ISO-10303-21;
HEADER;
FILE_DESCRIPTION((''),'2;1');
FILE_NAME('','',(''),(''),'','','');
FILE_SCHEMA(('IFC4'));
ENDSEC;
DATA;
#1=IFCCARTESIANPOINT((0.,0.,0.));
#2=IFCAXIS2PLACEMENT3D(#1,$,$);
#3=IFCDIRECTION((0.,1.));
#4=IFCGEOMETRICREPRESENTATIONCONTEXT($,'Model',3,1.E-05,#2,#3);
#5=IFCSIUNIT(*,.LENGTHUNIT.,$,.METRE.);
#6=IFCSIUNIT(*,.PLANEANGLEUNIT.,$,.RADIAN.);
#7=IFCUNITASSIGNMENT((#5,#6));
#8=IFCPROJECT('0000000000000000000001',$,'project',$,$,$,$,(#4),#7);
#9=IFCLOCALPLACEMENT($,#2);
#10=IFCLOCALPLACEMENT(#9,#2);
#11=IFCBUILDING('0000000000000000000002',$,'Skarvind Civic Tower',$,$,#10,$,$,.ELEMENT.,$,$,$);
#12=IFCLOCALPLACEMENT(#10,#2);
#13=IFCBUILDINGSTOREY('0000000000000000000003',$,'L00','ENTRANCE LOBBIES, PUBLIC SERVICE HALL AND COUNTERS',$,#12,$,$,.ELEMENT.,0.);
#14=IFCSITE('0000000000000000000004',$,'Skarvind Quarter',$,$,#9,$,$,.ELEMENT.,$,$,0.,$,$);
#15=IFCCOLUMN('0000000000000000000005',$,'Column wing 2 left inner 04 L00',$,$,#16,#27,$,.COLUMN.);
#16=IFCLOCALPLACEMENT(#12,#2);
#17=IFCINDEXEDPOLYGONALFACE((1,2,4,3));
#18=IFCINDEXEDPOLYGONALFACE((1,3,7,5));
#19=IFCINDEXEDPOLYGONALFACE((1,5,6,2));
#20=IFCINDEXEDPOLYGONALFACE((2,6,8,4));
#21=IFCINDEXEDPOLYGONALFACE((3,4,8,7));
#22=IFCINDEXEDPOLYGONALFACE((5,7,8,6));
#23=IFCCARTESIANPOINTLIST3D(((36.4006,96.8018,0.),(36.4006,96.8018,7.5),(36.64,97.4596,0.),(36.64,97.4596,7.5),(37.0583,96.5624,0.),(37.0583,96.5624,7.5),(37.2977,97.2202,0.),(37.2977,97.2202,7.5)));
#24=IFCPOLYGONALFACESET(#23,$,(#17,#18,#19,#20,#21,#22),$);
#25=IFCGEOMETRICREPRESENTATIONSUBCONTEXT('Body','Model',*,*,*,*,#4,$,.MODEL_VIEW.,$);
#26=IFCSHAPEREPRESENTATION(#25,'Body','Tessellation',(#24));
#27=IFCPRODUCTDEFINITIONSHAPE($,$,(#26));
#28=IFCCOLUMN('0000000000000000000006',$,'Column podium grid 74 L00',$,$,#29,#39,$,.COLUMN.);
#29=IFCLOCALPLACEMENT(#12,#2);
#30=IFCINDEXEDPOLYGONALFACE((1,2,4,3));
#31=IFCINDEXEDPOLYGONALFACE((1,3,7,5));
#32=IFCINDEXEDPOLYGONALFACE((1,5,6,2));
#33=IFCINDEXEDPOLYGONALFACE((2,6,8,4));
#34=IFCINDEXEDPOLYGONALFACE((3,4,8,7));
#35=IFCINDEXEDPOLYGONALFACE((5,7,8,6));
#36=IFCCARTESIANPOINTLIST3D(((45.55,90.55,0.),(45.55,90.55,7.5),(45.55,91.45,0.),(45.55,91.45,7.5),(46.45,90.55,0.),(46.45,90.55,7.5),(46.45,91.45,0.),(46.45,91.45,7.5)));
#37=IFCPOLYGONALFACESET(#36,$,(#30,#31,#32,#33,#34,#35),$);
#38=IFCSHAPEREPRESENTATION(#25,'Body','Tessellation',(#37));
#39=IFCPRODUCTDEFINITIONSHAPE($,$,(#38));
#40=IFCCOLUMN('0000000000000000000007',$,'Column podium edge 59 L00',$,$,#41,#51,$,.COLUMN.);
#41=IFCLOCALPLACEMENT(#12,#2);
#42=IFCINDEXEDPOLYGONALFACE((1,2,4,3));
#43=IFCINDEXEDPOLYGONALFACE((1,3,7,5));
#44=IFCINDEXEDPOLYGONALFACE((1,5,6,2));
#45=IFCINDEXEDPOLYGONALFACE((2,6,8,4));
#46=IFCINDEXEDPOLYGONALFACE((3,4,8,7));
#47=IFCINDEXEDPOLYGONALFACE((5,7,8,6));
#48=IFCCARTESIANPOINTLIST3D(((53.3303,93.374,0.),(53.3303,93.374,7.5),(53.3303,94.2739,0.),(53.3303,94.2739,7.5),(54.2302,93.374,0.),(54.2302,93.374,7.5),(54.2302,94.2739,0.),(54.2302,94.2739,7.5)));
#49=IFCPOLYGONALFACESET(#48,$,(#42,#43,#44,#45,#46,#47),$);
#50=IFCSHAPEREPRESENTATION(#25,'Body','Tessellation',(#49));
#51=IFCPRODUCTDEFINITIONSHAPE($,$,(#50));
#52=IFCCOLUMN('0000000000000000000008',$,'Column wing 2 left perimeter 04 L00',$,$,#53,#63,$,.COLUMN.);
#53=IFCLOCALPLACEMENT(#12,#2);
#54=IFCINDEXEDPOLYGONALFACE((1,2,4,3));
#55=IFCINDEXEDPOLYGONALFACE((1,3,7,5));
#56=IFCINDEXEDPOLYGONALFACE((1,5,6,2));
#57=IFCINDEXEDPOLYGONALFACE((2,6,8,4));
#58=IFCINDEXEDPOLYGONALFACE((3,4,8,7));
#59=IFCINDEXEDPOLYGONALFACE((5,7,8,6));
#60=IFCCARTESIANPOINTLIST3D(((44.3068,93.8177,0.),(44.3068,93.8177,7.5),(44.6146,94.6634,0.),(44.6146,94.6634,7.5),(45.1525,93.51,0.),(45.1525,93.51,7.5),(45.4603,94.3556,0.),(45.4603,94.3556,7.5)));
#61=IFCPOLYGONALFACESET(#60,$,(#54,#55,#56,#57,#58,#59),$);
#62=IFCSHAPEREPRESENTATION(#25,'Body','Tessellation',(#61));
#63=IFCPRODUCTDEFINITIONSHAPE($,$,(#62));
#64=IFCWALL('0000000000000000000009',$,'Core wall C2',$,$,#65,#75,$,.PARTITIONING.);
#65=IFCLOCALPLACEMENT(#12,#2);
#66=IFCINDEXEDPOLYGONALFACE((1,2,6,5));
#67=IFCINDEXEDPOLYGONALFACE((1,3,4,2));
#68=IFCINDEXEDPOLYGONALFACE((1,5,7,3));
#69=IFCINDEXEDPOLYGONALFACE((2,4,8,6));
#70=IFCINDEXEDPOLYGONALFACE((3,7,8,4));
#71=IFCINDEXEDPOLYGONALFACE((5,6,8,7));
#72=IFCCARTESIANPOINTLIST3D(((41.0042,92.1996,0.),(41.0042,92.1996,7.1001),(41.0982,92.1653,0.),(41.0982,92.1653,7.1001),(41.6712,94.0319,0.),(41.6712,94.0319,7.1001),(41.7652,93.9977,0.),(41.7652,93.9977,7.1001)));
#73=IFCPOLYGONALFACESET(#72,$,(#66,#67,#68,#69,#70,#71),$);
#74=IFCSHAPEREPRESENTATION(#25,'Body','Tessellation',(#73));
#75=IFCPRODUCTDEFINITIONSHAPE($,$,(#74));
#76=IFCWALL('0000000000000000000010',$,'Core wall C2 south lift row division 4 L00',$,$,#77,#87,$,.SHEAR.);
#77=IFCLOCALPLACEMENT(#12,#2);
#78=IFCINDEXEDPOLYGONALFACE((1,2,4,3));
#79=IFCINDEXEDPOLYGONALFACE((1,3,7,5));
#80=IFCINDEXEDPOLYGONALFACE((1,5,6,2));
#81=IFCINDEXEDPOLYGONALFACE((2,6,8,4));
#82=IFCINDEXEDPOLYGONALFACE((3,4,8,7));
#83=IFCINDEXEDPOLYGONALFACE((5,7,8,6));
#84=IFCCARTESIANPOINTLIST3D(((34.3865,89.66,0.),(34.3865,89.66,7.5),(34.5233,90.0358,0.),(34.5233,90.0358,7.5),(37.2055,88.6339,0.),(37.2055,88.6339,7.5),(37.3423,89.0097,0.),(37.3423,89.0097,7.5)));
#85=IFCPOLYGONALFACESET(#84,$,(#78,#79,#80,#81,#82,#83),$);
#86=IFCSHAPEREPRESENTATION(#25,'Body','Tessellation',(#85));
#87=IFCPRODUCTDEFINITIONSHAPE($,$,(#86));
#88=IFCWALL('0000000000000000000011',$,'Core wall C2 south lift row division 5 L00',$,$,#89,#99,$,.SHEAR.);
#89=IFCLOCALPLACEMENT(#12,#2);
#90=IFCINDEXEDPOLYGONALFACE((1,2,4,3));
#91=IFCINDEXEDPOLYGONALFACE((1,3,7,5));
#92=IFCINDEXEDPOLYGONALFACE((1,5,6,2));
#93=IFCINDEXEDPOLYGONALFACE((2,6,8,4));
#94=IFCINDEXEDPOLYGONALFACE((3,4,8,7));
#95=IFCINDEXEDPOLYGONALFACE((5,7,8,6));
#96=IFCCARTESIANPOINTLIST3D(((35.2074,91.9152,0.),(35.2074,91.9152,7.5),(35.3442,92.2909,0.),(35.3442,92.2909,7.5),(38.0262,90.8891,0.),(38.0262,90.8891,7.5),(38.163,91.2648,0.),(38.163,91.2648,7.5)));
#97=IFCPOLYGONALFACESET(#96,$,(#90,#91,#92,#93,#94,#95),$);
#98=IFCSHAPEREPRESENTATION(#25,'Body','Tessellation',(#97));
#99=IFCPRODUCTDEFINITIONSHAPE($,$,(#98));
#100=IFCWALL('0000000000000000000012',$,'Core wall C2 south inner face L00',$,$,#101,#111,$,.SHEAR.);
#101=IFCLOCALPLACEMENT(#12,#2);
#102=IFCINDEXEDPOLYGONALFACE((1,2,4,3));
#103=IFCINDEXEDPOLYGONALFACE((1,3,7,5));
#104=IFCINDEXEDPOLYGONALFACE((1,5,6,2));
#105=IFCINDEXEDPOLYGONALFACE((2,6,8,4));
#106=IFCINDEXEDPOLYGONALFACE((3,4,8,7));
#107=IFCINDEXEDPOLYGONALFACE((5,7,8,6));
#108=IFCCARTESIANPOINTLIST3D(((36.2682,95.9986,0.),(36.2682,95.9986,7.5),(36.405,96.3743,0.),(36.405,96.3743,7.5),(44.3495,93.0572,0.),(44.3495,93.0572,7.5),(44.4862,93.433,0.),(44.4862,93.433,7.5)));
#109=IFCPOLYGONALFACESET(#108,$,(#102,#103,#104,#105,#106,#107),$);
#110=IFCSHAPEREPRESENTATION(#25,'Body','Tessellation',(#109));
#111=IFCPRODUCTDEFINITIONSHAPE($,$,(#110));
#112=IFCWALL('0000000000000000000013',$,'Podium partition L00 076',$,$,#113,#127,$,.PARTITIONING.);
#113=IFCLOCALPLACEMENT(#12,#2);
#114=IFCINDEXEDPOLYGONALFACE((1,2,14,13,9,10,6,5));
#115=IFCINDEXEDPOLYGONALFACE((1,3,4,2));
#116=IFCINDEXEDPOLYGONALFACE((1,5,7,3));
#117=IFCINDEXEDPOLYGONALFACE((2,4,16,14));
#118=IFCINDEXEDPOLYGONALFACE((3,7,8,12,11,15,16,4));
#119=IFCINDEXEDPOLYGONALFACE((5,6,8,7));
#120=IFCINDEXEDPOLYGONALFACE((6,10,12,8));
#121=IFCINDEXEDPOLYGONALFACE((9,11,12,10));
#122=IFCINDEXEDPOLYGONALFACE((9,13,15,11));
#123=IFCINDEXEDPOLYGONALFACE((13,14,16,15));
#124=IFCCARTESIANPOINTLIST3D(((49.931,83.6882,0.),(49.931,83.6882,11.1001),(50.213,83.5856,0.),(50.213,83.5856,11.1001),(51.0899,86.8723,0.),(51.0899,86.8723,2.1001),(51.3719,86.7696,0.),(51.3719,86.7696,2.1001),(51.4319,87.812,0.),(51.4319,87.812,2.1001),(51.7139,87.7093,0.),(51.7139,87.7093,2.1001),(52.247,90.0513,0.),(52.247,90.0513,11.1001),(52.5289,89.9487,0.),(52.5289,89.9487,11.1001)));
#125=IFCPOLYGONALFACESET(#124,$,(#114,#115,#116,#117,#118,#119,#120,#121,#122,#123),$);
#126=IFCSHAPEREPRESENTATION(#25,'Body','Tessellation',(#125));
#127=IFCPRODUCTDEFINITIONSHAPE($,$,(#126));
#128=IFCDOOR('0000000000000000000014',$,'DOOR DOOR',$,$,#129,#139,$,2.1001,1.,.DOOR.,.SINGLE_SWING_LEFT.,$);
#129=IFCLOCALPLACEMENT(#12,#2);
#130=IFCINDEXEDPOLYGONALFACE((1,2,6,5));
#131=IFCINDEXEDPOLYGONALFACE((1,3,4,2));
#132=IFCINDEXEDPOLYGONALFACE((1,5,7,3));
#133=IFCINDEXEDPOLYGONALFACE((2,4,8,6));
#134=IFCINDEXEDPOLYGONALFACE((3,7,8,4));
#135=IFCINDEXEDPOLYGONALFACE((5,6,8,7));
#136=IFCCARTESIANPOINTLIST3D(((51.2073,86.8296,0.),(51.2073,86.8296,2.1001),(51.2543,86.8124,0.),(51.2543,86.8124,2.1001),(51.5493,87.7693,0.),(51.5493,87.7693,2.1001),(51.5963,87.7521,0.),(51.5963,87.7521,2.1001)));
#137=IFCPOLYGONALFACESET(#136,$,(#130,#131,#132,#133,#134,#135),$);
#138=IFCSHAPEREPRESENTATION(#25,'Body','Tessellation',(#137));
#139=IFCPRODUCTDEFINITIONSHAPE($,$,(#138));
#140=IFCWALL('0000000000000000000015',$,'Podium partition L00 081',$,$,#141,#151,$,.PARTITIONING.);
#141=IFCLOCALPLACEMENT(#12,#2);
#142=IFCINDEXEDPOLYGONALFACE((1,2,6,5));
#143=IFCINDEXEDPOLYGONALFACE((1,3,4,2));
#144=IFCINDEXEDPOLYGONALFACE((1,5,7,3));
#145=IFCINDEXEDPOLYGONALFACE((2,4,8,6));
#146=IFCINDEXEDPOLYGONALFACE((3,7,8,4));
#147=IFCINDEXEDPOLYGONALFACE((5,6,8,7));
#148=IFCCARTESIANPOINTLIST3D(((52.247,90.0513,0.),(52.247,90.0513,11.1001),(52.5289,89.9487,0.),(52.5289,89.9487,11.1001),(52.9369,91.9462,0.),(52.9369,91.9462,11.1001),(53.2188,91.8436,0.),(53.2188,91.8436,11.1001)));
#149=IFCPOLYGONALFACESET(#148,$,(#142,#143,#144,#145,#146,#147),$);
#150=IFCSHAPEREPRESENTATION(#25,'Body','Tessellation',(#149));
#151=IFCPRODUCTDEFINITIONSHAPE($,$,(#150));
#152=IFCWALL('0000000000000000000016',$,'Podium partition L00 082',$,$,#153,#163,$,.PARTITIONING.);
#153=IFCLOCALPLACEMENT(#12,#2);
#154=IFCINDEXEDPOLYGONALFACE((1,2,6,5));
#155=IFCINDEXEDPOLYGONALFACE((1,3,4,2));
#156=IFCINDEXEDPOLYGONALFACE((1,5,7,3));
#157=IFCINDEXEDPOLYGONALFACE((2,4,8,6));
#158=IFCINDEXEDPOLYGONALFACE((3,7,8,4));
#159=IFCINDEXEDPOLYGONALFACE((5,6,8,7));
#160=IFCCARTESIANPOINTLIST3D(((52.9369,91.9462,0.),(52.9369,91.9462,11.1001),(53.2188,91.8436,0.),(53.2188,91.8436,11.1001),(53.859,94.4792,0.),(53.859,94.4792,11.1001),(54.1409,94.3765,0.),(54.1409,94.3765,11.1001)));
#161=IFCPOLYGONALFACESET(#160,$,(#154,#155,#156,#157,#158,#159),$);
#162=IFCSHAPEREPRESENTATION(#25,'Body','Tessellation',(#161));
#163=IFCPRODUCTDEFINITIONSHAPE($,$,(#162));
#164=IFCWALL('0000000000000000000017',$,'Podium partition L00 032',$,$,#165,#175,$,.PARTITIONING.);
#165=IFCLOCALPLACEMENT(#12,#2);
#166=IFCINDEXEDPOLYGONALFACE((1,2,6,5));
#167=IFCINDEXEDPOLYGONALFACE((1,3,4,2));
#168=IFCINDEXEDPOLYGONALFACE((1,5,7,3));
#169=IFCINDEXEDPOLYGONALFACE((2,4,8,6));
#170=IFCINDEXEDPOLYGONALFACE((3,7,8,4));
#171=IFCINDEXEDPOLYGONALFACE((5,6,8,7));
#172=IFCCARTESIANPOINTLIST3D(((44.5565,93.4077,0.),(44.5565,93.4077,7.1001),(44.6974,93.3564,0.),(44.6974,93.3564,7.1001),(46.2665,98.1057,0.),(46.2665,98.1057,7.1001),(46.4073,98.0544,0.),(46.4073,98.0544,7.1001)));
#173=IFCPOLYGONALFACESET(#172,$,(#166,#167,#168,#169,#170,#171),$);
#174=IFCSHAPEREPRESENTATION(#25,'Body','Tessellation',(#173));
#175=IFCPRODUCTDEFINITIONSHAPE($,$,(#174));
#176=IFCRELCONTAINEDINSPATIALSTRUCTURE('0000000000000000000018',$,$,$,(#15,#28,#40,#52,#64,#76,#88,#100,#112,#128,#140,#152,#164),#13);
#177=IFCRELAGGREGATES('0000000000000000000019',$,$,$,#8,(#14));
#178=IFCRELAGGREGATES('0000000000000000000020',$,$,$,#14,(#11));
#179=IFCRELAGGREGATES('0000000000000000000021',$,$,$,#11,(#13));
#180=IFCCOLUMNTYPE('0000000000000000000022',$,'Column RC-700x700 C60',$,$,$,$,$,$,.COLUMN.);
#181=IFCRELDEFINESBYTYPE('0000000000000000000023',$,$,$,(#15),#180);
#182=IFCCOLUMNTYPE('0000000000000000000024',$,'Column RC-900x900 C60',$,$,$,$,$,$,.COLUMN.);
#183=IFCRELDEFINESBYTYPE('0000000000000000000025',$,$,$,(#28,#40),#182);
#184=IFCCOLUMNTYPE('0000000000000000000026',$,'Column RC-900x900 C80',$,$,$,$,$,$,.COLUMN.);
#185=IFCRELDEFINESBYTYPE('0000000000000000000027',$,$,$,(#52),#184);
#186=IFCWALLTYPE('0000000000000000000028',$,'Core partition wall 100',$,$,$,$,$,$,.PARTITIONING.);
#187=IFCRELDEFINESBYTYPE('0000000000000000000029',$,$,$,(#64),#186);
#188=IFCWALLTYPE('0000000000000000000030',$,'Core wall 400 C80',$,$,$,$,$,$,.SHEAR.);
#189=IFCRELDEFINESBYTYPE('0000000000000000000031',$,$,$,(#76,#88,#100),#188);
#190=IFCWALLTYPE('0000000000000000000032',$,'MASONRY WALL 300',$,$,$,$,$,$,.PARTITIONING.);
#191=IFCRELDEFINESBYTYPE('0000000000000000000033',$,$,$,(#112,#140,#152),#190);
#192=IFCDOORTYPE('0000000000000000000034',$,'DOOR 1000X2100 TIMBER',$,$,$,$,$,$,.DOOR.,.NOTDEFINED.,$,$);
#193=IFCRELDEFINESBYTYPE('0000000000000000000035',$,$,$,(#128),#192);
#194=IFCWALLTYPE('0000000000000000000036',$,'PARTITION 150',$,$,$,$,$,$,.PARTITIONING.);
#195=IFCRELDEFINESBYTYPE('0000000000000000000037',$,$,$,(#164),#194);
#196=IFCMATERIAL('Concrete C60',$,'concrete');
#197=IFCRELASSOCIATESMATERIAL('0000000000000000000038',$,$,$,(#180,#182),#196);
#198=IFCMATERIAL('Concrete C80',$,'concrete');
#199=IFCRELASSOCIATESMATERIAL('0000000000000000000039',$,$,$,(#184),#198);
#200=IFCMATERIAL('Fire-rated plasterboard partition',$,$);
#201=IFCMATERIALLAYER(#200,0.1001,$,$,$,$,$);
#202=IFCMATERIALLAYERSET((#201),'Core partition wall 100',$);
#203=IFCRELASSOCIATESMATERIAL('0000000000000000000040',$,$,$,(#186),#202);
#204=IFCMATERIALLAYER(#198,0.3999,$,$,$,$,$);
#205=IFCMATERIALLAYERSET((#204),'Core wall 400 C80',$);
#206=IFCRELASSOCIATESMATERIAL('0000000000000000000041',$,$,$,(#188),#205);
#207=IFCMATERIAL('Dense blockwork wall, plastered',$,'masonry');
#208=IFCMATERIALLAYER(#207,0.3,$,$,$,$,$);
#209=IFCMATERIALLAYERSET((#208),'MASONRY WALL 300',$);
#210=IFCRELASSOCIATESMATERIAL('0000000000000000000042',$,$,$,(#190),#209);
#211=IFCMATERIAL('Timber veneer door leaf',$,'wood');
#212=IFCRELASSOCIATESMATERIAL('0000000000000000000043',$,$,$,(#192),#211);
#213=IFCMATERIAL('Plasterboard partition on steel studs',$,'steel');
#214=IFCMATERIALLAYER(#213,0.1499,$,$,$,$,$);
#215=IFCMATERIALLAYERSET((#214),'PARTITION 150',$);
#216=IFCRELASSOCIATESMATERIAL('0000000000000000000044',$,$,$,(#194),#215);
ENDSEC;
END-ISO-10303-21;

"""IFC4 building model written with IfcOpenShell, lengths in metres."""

from ifc_helpers import new_model, si_unit, direction, frame, frame_2d, origin, origin_2d, place, context, subcontext, project, spatial, rectangle, extrude, material, layer, layer_set, material_profile, profile_set, type_object, element, fill, save


model = new_model("IFC4")

# Units and contexts
model_context = context("Model", 3, precision=1e-05, world=origin(), true_north=direction((0.0, 1.0)))
body_context = subcontext(model_context, "Body", "Model", "MODEL_VIEW")
ifc_project = project(units=[si_unit("LENGTHUNIT", "METRE"), si_unit("PLANEANGLEUNIT", "RADIAN")], contexts=[model_context])

# Site, building, storey
site_placement = place(None, origin())
site = spatial("IfcSite", under=ifc_project, at=site_placement, Name="Skarvind Quarter", CompositionType="ELEMENT", RefElevation=0.0)
building_placement = place(site_placement, origin())
building = spatial("IfcBuilding", under=site, at=building_placement, Name="Skarvind Civic Tower", CompositionType="ELEMENT")
storey_placement = place(building_placement, origin())
storey = spatial("IfcBuildingStorey", under=building, at=storey_placement, Name="L00", Description="ENTRANCE LOBBIES, PUBLIC SERVICE HALL AND COUNTERS", CompositionType="ELEMENT", Elevation=0.0)

# Columns
ifc_material_1 = material(Name="Concrete C60", Category="concrete")
ifc_material_profile_1 = material_profile(ifc_material_1, rectangle(XDim=0.7, YDim=0.7, at=origin_2d()), Name="RC-700x700")
ifc_profile_set_1 = profile_set([ifc_material_profile_1], Name="Concrete C60")
column_type_1 = type_object("IfcColumnType", Name="Column RC-700x700 C60", PredefinedType="COLUMN", material=ifc_profile_set_1)
column_1_placement = place(storey_placement, frame((36.8491, 97.011, 0.0), z_axis=(0.0, 0.0, 1.0), x_axis=(-0.34202, -0.939693, 0.0)))
element("IfcColumn", 1, at=column_1_placement, inside=storey, type_object=column_type_1, Name="Column wing 2 left inner 04 L00", PredefinedType="COLUMN", context=body_context, shape_type="SweptSolid", body=[
    extrude(rectangle(XDim=0.7, YDim=0.7, at=origin_2d()), origin(), (0.0, 0.0, 1.0), 7.5),
])
ifc_material_profile_2 = material_profile(ifc_material_1, rectangle(XDim=0.8999, YDim=0.8999, at=origin_2d()), Name="RC-900x900")
ifc_profile_set_2 = profile_set([ifc_material_profile_2], Name="Concrete C60")
column_type_2 = type_object("IfcColumnType", Name="Column RC-900x900 C60", PredefinedType="COLUMN", material=ifc_profile_set_2)
for number, where, z_axis, x_axis, name in (
    (2, (46.0, 91.0, 0.0), (0.0, 0.0, 1.0), (1.0, 0.0, 0.0), "Column podium grid 74 L00"),
    (3, (53.7803, 93.824, 0.0), (0.0, 0.0, 1.0), (1.0, 0.0, 0.0), "Column podium edge 59 L00"),
):
    element("IfcColumn", number, at=place(storey_placement, frame(where, z_axis=z_axis, x_axis=x_axis)), inside=storey, type_object=column_type_2, Name=name, PredefinedType="COLUMN", context=body_context, shape_type="SweptSolid", body=[
        extrude(rectangle(XDim=0.8999, YDim=0.8999, at=origin_2d()), origin(), (0.0, 0.0, 1.0), 7.5),
    ])
ifc_material_2 = material(Name="Concrete C80", Category="concrete")
ifc_material_profile_3 = material_profile(ifc_material_2, rectangle(XDim=0.8999, YDim=0.8999, at=origin_2d()), Name="RC-900x900")
ifc_profile_set_3 = profile_set([ifc_material_profile_3], Name="Concrete C80")
column_type_3 = type_object("IfcColumnType", Name="Column RC-900x900 C80", PredefinedType="COLUMN", material=ifc_profile_set_3)
column_2_placement = place(storey_placement, frame((44.8835, 94.0867, 0.0), z_axis=(0.0, 0.0, 1.0), x_axis=(-0.34202, -0.939693, 0.0)))
element("IfcColumn", 4, at=column_2_placement, inside=storey, type_object=column_type_3, Name="Column wing 2 left perimeter 04 L00", PredefinedType="COLUMN", context=body_context, shape_type="SweptSolid", body=[
    extrude(rectangle(XDim=0.8999, YDim=0.8999, at=origin_2d()), origin(), (0.0, 0.0, 1.0), 7.5),
])

# Walls
ifc_material_3 = material(Name="Fire-rated plasterboard partition")
ifc_layer_1 = layer(ifc_material_3, 0.1001)
ifc_layer_set_1 = layer_set([ifc_layer_1], Name="Core partition wall 100")
wall_type_1 = type_object("IfcWallType", Name="Core partition wall 100", PredefinedType="PARTITIONING", material=ifc_layer_set_1)
wall_1_placement = place(storey_placement, frame((41.7183, 94.0149, 0.0), z_axis=(0.0, 0.0, 1.0), x_axis=(-0.342065, -0.939676, 0.0)))
element("IfcWall", 5, at=wall_1_placement, inside=storey, type_object=wall_type_1, Name="Core wall C2", PredefinedType="PARTITIONING", context=body_context, shape_type="SweptSolid", body=[
    extrude(rectangle(XDim=1.95, YDim=0.1001, at=frame_2d((0.9751, 0.0))), origin(), (0.0, 0.0, 1.0), 7.1001),
])
ifc_layer_2 = layer(ifc_material_2, 0.3999)
ifc_layer_set_2 = layer_set([ifc_layer_2], Name="Core wall 400 C80")
wall_type_2 = type_object("IfcWallType", Name="Core wall 400 C80", PredefinedType="SHEAR", material=ifc_layer_set_2)
wall_2_placement = place(storey_placement, frame((37.2739, 88.8218, 0.0), z_axis=(0.0, 0.0, 1.0), x_axis=(-0.939686, 0.342037, 0.0)))
element("IfcWall", 6, at=wall_2_placement, inside=storey, type_object=wall_type_2, Name="Core wall C2 south lift row division 4 L00", PredefinedType="SHEAR", context=body_context, shape_type="SweptSolid", body=[
    extrude(rectangle(XDim=3.0, YDim=0.3999, at=frame_2d((1.5, 0.0))), origin(), (0.0, 0.0, 1.0), 7.5),
])
wall_3_placement = place(storey_placement, frame((38.0947, 91.0769, 0.0), z_axis=(0.0, 0.0, 1.0), x_axis=(-0.939677, 0.342063, 0.0)))
element("IfcWall", 7, at=wall_3_placement, inside=storey, type_object=wall_type_2, Name="Core wall C2 south lift row division 5 L00", PredefinedType="SHEAR", context=body_context, shape_type="SweptSolid", body=[
    extrude(rectangle(XDim=2.9998, YDim=0.3999, at=frame_2d((1.5, 0.0))), origin(), (0.0, 0.0, 1.0), 7.5),
])
wall_4_placement = place(storey_placement, frame((44.4177, 93.2451, 0.0), z_axis=(0.0, 0.0, 1.0), x_axis=(-0.939691, 0.342026, 0.0)))
element("IfcWall", 8, at=wall_4_placement, inside=storey, type_object=wall_type_2, Name="Core wall C2 south inner face L00", PredefinedType="SHEAR", context=body_context, shape_type="SweptSolid", body=[
    extrude(rectangle(XDim=8.5999, YDim=0.3999, at=frame_2d((4.2998, 0.0))), origin(), (0.0, 0.0, 1.0), 7.5),
])

# Wall, opening, door
ifc_material_4 = material(Name="Dense blockwork wall, plastered", Category="masonry")
ifc_layer_3 = layer(ifc_material_4, 0.3)
ifc_layer_set_3 = layer_set([ifc_layer_3], Name="MASONRY WALL 300")
wall_type_3 = type_object("IfcWallType", Name="MASONRY WALL 300", PredefinedType="PARTITIONING", material=ifc_layer_set_3)
wall_5_placement = place(storey_placement, frame((52.3879, 90.0, 0.0), z_axis=(0.0, 0.0, 1.0), x_axis=(-0.342015, -0.939694, 0.0)))
wall_5 = element("IfcWall", 9, at=wall_5_placement, inside=storey, type_object=wall_type_3, Name="Podium partition L00 076", PredefinedType="PARTITIONING", context=body_context, shape_type="SweptSolid", body=[
    extrude(rectangle(XDim=6.7715, YDim=0.3, at=frame_2d((3.3857, 0.0))), origin(), (0.0, 0.0, 1.0), 11.1001),
])
opening_1_placement = place(wall_5_placement, frame((2.3831, 0.0, 0.0)))
opening_1 = element("IfcOpeningElement", 10, at=opening_1_placement, cuts=wall_5, PredefinedType="OPENING", context=body_context, shape_type="SweptSolid", body=[
    extrude(rectangle(XDim=1.0, YDim=2.1001, at=frame_2d((0.5, 1.05))), frame((0.0, 0.1599, 0.0), z_axis=(0.0, -1.0, 0.0), x_axis=(1.0, 0.0, 0.0)), (0.0, 0.0, 1.0), 0.3201),
])
ifc_material_5 = material(Name="Timber veneer door leaf", Category="wood")
door_type_1 = type_object("IfcDoorType", Name="DOOR 1000X2100 TIMBER", OperationType="NOTDEFINED", PredefinedType="DOOR", material=ifc_material_5)
door_1_placement = place(opening_1_placement, origin())
door_1 = element("IfcDoor", 11, at=door_1_placement, inside=storey, type_object=door_type_1, Name="DOOR DOOR", OperationType="SINGLE_SWING_LEFT", OverallHeight=2.1001, OverallWidth=1.0, PredefinedType="DOOR", context=body_context, shape_type="SweptSolid", body=[
    extrude(rectangle(XDim=1.0, YDim=2.1001, at=frame_2d((0.5, 1.05))), frame((0.0, 0.0249, 0.0), z_axis=(0.0, -1.0, 0.0), x_axis=(1.0, 0.0, 0.0)), (0.0, 0.0, 1.0), 0.05),
])
fill(opening_1, door_1)

# Walls
wall_6_placement = place(storey_placement, frame((52.3879, 90.0, 0.0), z_axis=(0.0, 0.0, 1.0), x_axis=(0.342112, 0.939659, 0.0)))
element("IfcWall", 12, at=wall_6_placement, inside=storey, type_object=wall_type_3, Name="Podium partition L00 081", PredefinedType="PARTITIONING", context=body_context, shape_type="SweptSolid", body=[
    extrude(rectangle(XDim=2.0166, YDim=0.3, at=frame_2d((1.0083, 0.0))), origin(), (0.0, 0.0, 1.0), 11.1001),
])
wall_7_placement = place(storey_placement, frame((53.0779, 91.895, 0.0), z_axis=(0.0, 0.0, 1.0), x_axis=(0.342085, 0.939669, 0.0)))
element("IfcWall", 13, at=wall_7_placement, inside=storey, type_object=wall_type_3, Name="Podium partition L00 082", PredefinedType="PARTITIONING", context=body_context, shape_type="SweptSolid", body=[
    extrude(rectangle(XDim=2.6956, YDim=0.3, at=frame_2d((1.3477, 0.0))), origin(), (0.0, 0.0, 1.0), 11.1001),
])
ifc_material_6 = material(Name="Plasterboard partition on steel studs", Category="steel")
ifc_layer_4 = layer(ifc_material_6, 0.1499)
ifc_layer_set_4 = layer_set([ifc_layer_4], Name="PARTITION 150")
wall_type_4 = type_object("IfcWallType", Name="PARTITION 150", PredefinedType="PARTITIONING", material=ifc_layer_set_4)
wall_8_placement = place(storey_placement, frame((44.627, 93.3821, 0.0), z_axis=(0.0, 0.0, 1.0), x_axis=(0.342025, 0.939691, 0.0)))
element("IfcWall", 14, at=wall_8_placement, inside=storey, type_object=wall_type_4, Name="Podium partition L00 032", PredefinedType="PARTITIONING", context=body_context, shape_type="SweptSolid", body=[
    extrude(rectangle(XDim=4.9995, YDim=0.1499, at=frame_2d((2.4998, 0.0))), origin(), (0.0, 0.0, 1.0), 7.1001),
])

save(model, "model.ifc")
